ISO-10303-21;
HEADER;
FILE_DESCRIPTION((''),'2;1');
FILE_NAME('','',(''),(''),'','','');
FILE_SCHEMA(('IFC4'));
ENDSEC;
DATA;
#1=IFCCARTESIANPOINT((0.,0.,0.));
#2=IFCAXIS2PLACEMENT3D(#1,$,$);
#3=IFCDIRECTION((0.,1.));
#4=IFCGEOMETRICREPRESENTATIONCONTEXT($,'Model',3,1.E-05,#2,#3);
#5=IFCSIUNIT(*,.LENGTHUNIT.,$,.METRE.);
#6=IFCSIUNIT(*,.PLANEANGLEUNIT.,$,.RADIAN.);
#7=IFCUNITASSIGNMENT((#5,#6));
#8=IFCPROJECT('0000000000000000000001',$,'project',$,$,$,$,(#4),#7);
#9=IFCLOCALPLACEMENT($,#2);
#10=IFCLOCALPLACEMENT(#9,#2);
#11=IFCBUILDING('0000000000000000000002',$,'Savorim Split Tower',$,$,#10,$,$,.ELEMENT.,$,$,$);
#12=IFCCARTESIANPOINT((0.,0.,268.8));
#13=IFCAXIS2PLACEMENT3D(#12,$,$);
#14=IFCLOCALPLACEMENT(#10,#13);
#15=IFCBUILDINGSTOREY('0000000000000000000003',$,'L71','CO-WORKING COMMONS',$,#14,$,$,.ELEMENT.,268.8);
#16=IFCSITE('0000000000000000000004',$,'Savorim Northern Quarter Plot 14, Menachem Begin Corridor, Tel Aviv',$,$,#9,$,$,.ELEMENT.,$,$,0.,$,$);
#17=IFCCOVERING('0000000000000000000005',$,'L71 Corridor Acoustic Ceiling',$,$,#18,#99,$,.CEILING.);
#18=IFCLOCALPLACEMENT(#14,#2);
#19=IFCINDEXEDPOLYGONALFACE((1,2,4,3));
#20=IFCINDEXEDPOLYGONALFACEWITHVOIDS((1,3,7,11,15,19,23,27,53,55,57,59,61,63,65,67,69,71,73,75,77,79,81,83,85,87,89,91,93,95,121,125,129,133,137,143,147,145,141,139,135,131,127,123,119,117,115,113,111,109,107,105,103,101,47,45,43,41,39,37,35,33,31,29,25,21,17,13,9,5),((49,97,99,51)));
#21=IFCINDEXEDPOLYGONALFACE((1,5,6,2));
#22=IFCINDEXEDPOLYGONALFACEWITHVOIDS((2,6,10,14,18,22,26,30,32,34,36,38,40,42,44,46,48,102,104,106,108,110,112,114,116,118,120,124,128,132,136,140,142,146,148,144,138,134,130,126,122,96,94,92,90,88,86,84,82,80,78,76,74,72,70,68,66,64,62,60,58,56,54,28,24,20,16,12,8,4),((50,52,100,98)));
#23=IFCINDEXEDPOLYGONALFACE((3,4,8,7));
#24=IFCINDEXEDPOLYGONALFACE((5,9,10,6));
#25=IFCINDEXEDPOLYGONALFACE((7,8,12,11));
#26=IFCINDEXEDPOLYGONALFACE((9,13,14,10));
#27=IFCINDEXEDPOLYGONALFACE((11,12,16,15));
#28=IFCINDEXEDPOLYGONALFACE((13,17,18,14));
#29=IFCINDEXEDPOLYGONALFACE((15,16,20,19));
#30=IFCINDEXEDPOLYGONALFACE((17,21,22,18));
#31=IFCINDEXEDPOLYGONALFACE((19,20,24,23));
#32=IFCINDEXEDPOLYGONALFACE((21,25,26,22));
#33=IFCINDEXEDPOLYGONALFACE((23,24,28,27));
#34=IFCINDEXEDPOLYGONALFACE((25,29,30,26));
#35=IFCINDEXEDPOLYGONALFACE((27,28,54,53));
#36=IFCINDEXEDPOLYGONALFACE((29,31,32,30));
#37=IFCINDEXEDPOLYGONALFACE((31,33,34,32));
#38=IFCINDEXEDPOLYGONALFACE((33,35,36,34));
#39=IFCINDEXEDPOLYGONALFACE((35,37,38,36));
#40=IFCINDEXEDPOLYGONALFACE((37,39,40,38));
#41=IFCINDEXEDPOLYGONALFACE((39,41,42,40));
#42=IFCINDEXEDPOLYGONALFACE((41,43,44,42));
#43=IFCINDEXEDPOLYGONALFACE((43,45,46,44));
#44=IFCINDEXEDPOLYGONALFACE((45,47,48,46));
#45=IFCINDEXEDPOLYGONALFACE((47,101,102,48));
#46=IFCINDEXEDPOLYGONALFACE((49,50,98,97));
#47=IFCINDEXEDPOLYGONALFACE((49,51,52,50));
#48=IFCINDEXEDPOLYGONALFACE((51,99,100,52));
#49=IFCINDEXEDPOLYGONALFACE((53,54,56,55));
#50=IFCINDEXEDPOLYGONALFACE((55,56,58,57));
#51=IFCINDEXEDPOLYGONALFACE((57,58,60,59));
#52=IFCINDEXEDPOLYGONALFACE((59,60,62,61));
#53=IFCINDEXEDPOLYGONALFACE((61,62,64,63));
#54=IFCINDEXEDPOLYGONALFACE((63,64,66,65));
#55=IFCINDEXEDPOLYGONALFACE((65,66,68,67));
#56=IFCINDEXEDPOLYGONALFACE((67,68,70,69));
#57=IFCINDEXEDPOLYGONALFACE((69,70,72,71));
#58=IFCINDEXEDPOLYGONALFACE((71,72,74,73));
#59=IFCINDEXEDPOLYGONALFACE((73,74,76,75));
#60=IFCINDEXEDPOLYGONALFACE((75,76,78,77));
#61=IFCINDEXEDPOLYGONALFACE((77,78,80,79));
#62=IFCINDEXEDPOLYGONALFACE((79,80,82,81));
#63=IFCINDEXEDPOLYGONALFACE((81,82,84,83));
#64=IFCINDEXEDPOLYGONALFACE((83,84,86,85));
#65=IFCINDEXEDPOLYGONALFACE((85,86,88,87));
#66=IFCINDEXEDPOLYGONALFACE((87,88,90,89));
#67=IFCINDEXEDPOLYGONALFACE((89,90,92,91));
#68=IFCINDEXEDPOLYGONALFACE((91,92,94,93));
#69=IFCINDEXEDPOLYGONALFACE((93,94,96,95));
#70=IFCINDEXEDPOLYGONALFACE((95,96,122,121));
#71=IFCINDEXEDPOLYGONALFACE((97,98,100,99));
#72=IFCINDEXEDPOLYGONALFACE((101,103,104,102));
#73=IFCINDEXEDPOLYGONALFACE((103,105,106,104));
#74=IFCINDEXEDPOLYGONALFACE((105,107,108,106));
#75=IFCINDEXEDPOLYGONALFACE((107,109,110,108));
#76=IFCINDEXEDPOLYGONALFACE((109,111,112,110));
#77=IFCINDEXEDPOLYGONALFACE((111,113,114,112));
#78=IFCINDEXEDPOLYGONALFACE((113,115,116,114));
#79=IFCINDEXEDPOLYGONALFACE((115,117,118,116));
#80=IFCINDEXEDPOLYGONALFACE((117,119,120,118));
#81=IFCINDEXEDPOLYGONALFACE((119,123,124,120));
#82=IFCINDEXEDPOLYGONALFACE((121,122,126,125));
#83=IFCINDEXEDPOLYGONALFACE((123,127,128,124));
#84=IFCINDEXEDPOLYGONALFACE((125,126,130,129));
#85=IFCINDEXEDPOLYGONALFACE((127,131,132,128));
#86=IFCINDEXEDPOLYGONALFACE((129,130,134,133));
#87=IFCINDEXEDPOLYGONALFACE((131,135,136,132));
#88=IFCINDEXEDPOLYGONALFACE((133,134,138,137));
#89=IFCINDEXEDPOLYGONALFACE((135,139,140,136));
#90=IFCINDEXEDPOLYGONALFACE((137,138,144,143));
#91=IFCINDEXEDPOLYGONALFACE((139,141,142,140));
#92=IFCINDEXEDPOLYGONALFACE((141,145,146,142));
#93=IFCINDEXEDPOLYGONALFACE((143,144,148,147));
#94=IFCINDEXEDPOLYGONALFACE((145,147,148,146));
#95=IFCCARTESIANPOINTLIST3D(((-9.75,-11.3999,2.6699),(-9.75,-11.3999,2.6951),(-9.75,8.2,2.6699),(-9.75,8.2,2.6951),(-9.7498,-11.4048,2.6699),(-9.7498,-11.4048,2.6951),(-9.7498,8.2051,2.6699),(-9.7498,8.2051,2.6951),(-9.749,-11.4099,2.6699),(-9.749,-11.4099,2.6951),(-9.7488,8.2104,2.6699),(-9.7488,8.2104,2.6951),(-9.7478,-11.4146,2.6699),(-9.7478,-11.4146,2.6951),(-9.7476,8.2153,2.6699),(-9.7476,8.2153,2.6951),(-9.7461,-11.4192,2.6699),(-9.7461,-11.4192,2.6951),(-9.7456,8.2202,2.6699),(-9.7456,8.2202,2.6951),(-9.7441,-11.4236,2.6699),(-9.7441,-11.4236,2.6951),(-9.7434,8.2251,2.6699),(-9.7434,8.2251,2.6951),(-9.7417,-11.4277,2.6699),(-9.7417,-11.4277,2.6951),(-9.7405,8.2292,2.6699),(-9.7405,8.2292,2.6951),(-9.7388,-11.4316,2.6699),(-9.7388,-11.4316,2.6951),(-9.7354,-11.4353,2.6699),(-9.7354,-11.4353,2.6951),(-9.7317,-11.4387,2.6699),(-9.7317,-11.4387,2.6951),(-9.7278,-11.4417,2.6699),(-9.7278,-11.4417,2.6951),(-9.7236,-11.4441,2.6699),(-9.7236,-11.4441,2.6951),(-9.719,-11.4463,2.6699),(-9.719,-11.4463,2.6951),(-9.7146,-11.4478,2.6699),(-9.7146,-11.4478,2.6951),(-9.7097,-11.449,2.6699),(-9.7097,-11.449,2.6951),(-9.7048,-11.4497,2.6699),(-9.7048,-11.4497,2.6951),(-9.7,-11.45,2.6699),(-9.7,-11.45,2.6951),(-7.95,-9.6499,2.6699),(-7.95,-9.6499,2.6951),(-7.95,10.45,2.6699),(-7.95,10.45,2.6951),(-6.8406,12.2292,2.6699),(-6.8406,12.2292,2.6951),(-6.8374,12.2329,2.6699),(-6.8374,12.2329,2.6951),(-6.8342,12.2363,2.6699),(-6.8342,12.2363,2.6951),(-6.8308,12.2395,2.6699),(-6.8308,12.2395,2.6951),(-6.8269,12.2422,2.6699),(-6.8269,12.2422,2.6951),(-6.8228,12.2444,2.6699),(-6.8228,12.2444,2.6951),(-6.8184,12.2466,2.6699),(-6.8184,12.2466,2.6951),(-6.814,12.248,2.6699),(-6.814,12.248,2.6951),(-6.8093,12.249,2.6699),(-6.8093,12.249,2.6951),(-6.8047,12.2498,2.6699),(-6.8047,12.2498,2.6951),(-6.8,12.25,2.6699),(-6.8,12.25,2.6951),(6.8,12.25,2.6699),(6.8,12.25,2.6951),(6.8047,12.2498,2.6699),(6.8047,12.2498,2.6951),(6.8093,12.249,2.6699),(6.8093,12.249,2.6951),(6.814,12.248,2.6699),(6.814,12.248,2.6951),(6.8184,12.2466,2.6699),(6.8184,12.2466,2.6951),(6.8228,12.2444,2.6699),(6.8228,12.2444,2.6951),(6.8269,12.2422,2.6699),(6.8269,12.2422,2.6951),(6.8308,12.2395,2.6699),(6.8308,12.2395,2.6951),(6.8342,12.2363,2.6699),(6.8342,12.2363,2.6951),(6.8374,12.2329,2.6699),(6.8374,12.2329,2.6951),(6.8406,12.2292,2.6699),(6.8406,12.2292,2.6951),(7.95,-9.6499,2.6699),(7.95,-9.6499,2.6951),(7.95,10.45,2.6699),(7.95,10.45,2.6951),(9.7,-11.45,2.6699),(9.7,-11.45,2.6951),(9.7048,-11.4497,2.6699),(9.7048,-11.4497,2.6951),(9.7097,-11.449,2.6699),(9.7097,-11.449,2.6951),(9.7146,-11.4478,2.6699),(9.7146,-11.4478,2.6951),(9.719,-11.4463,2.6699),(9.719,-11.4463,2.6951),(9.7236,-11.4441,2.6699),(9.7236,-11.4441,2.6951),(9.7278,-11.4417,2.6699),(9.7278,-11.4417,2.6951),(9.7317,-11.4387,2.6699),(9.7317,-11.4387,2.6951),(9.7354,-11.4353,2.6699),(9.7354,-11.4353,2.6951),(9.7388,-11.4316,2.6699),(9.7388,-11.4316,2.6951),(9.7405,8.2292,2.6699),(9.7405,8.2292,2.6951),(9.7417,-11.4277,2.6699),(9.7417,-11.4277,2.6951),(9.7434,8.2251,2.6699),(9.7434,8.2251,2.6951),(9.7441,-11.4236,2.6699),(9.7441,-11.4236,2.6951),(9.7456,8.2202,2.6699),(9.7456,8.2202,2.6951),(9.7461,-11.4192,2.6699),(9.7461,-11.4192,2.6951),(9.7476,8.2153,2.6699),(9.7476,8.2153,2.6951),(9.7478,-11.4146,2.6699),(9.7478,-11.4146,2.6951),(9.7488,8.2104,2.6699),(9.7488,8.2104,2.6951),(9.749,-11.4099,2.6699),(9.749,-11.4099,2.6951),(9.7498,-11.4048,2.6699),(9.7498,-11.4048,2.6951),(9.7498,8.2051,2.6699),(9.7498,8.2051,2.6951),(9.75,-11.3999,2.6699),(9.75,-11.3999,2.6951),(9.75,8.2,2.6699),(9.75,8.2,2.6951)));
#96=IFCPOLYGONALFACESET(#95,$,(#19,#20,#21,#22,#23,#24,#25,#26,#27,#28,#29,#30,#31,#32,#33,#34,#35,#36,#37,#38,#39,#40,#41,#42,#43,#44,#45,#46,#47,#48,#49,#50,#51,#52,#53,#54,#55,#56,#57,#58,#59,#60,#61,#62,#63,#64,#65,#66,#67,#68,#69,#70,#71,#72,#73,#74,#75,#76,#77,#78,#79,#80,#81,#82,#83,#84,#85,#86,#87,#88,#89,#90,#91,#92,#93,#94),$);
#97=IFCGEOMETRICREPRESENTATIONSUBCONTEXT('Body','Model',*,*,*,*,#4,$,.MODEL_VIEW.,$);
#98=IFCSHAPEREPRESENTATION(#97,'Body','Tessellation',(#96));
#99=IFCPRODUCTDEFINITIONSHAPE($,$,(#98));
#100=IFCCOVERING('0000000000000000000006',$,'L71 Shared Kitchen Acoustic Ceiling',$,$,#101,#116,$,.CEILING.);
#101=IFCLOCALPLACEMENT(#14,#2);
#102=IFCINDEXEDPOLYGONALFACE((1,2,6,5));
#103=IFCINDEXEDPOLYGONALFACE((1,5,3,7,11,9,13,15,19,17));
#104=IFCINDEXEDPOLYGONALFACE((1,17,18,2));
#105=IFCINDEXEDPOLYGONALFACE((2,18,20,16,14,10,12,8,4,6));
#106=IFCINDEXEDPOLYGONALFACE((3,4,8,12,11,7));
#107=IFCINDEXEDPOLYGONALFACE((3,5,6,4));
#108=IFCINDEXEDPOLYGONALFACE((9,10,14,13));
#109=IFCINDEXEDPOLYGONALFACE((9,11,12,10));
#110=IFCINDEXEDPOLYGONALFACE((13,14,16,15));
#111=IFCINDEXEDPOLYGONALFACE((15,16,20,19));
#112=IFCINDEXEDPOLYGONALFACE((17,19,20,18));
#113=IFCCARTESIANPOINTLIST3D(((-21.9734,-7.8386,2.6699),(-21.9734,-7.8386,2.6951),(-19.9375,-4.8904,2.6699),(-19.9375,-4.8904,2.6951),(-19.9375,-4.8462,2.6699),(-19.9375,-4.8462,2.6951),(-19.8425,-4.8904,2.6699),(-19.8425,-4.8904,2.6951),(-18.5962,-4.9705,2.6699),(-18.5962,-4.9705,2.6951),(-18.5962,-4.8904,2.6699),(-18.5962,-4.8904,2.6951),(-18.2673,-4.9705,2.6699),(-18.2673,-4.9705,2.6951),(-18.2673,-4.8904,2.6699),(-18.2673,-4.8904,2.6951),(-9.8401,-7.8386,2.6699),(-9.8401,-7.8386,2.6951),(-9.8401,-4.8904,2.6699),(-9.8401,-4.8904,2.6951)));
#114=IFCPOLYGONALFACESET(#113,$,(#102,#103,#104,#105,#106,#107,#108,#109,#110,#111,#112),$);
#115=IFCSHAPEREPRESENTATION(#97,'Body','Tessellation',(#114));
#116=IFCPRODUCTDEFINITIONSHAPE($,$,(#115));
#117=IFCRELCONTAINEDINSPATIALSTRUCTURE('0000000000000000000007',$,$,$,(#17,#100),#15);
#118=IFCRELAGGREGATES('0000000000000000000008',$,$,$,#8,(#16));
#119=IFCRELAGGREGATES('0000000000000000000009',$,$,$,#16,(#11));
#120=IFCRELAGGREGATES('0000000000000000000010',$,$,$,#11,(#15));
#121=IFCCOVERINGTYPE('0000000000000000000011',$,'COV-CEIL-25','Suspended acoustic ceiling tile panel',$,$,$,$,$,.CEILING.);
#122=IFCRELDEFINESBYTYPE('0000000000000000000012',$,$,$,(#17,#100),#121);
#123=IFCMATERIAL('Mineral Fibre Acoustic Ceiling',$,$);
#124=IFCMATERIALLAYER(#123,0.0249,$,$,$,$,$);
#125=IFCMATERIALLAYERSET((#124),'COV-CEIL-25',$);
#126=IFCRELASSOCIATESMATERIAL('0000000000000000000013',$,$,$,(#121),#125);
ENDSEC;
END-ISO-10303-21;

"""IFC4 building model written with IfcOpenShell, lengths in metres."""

from ifc_helpers import new_model, si_unit, direction, frame, origin, place, context, subcontext, project, spatial, polyline, outline, extrude, material, layer, layer_set, type_object, element, save


model = new_model("IFC4")

# Units and contexts
model_context = context("Model", 3, precision=1e-05, world=origin(), true_north=direction((0.0, 1.0)))
body_context = subcontext(model_context, "Body", "Model", "MODEL_VIEW")
ifc_project = project(units=[si_unit("LENGTHUNIT", "METRE"), si_unit("PLANEANGLEUNIT", "RADIAN")], contexts=[model_context])

# Site, building, storey
site_placement = place(None, origin())
site = spatial("IfcSite", under=ifc_project, at=site_placement, Name="Savorim Northern Quarter Plot 14, Menachem Begin Corridor, Tel Aviv", CompositionType="ELEMENT", RefElevation=0.0)
building_placement = place(site_placement, origin())
building = spatial("IfcBuilding", under=site, at=building_placement, Name="Savorim Split Tower", CompositionType="ELEMENT")
storey_placement = place(building_placement, frame((0.0, 0.0, 268.8)))
storey = spatial("IfcBuildingStorey", under=building, at=storey_placement, Name="L71", Description="CO-WORKING COMMONS", CompositionType="ELEMENT", Elevation=268.8)

# Coverings
ifc_material_1 = material(Name="Mineral Fibre Acoustic Ceiling")
ifc_layer_1 = layer(ifc_material_1, 0.0249)
ifc_layer_set_1 = layer_set([ifc_layer_1], Name="COV-CEIL-25")
covering_type_1 = type_object("IfcCoveringType", Name="COV-CEIL-25", Description="Suspended acoustic ceiling tile panel", PredefinedType="CEILING", material=ifc_layer_set_1)
covering_1_placement = place(storey_placement, frame((0.0, 0.0, 2.6699)))
element("IfcCovering", 1, at=covering_1_placement, inside=storey, type_object=covering_type_1, Name="L71 Corridor Acoustic Ceiling", PredefinedType="CEILING", context=body_context, shape_type="SweptSolid", body=[
    extrude(outline(polyline([(6.8093, 12.249), (6.8047, 12.2498), (6.8, 12.25), (-6.8, 12.25), (-6.8047, 12.2498), (-6.8093, 12.249), (-6.814, 12.248), (-6.8184, 12.2466), (-6.8228, 12.2444), (-6.8269, 12.2422), (-6.8308, 12.2395), (-6.8342, 12.2363), (-6.8374, 12.2329), (-6.8406, 12.2292), (-9.7405, 8.2292), (-9.7434, 8.2251), (-9.7456, 8.2202), (-9.7476, 8.2153), (-9.7488, 8.2104), (-9.7498, 8.2051), (-9.75, 8.2), (-9.75, -11.3999), (-9.7498, -11.4048), (-9.749, -11.4099), (-9.7478, -11.4146), (-9.7461, -11.4192), (-9.7441, -11.4236), (-9.7417, -11.4277), (-9.7388, -11.4316), (-9.7354, -11.4353), (-9.7317, -11.4387), (-9.7278, -11.4417), (-9.7236, -11.4441), (-9.719, -11.4463), (-9.7146, -11.4478), (-9.7097, -11.449), (-9.7048, -11.4497), (-9.7, -11.45), (9.7, -11.45), (9.7048, -11.4497), (9.7097, -11.449), (9.7146, -11.4478), (9.719, -11.4463), (9.7236, -11.4441), (9.7278, -11.4417), (9.7317, -11.4387), (9.7354, -11.4353), (9.7388, -11.4316), (9.7417, -11.4277), (9.7441, -11.4236), (9.7461, -11.4192), (9.7478, -11.4146), (9.749, -11.4099), (9.7498, -11.4048), (9.75, -11.3999), (9.75, 8.2), (9.7498, 8.2051), (9.7488, 8.2104), (9.7476, 8.2153), (9.7456, 8.2202), (9.7434, 8.2251), (9.7405, 8.2292), (6.8406, 12.2292), (6.8374, 12.2329), (6.8342, 12.2363), (6.8308, 12.2395), (6.8269, 12.2422), (6.8228, 12.2444), (6.8184, 12.2466), (6.814, 12.248), (6.8093, 12.249)]), holes=[polyline([(-7.95, 10.45), (-7.95, -9.6499), (7.95, -9.6499), (7.95, 10.45), (-7.95, 10.45)])]), origin(), (0.0, 0.0, 1.0), 0.0251),
])
covering_2_placement = place(storey_placement, frame((0.0, 0.0, 2.6699)))
element("IfcCovering", 2, at=covering_2_placement, inside=storey, type_object=covering_type_1, Name="L71 Shared Kitchen Acoustic Ceiling", PredefinedType="CEILING", context=body_context, shape_type="SweptSolid", body=[
    extrude(outline(polyline([(-19.8425, -4.8904), (-19.9375, -4.8904), (-19.9375, -4.8462), (-21.9734, -7.8386), (-9.8401, -7.8386), (-9.8401, -4.8904), (-18.2673, -4.8904), (-18.2673, -4.9705), (-18.5962, -4.9705), (-18.5962, -4.8904), (-19.8425, -4.8904)])), origin(), (0.0, 0.0, 1.0), 0.0251),
])

save(model, "model.ifc")
